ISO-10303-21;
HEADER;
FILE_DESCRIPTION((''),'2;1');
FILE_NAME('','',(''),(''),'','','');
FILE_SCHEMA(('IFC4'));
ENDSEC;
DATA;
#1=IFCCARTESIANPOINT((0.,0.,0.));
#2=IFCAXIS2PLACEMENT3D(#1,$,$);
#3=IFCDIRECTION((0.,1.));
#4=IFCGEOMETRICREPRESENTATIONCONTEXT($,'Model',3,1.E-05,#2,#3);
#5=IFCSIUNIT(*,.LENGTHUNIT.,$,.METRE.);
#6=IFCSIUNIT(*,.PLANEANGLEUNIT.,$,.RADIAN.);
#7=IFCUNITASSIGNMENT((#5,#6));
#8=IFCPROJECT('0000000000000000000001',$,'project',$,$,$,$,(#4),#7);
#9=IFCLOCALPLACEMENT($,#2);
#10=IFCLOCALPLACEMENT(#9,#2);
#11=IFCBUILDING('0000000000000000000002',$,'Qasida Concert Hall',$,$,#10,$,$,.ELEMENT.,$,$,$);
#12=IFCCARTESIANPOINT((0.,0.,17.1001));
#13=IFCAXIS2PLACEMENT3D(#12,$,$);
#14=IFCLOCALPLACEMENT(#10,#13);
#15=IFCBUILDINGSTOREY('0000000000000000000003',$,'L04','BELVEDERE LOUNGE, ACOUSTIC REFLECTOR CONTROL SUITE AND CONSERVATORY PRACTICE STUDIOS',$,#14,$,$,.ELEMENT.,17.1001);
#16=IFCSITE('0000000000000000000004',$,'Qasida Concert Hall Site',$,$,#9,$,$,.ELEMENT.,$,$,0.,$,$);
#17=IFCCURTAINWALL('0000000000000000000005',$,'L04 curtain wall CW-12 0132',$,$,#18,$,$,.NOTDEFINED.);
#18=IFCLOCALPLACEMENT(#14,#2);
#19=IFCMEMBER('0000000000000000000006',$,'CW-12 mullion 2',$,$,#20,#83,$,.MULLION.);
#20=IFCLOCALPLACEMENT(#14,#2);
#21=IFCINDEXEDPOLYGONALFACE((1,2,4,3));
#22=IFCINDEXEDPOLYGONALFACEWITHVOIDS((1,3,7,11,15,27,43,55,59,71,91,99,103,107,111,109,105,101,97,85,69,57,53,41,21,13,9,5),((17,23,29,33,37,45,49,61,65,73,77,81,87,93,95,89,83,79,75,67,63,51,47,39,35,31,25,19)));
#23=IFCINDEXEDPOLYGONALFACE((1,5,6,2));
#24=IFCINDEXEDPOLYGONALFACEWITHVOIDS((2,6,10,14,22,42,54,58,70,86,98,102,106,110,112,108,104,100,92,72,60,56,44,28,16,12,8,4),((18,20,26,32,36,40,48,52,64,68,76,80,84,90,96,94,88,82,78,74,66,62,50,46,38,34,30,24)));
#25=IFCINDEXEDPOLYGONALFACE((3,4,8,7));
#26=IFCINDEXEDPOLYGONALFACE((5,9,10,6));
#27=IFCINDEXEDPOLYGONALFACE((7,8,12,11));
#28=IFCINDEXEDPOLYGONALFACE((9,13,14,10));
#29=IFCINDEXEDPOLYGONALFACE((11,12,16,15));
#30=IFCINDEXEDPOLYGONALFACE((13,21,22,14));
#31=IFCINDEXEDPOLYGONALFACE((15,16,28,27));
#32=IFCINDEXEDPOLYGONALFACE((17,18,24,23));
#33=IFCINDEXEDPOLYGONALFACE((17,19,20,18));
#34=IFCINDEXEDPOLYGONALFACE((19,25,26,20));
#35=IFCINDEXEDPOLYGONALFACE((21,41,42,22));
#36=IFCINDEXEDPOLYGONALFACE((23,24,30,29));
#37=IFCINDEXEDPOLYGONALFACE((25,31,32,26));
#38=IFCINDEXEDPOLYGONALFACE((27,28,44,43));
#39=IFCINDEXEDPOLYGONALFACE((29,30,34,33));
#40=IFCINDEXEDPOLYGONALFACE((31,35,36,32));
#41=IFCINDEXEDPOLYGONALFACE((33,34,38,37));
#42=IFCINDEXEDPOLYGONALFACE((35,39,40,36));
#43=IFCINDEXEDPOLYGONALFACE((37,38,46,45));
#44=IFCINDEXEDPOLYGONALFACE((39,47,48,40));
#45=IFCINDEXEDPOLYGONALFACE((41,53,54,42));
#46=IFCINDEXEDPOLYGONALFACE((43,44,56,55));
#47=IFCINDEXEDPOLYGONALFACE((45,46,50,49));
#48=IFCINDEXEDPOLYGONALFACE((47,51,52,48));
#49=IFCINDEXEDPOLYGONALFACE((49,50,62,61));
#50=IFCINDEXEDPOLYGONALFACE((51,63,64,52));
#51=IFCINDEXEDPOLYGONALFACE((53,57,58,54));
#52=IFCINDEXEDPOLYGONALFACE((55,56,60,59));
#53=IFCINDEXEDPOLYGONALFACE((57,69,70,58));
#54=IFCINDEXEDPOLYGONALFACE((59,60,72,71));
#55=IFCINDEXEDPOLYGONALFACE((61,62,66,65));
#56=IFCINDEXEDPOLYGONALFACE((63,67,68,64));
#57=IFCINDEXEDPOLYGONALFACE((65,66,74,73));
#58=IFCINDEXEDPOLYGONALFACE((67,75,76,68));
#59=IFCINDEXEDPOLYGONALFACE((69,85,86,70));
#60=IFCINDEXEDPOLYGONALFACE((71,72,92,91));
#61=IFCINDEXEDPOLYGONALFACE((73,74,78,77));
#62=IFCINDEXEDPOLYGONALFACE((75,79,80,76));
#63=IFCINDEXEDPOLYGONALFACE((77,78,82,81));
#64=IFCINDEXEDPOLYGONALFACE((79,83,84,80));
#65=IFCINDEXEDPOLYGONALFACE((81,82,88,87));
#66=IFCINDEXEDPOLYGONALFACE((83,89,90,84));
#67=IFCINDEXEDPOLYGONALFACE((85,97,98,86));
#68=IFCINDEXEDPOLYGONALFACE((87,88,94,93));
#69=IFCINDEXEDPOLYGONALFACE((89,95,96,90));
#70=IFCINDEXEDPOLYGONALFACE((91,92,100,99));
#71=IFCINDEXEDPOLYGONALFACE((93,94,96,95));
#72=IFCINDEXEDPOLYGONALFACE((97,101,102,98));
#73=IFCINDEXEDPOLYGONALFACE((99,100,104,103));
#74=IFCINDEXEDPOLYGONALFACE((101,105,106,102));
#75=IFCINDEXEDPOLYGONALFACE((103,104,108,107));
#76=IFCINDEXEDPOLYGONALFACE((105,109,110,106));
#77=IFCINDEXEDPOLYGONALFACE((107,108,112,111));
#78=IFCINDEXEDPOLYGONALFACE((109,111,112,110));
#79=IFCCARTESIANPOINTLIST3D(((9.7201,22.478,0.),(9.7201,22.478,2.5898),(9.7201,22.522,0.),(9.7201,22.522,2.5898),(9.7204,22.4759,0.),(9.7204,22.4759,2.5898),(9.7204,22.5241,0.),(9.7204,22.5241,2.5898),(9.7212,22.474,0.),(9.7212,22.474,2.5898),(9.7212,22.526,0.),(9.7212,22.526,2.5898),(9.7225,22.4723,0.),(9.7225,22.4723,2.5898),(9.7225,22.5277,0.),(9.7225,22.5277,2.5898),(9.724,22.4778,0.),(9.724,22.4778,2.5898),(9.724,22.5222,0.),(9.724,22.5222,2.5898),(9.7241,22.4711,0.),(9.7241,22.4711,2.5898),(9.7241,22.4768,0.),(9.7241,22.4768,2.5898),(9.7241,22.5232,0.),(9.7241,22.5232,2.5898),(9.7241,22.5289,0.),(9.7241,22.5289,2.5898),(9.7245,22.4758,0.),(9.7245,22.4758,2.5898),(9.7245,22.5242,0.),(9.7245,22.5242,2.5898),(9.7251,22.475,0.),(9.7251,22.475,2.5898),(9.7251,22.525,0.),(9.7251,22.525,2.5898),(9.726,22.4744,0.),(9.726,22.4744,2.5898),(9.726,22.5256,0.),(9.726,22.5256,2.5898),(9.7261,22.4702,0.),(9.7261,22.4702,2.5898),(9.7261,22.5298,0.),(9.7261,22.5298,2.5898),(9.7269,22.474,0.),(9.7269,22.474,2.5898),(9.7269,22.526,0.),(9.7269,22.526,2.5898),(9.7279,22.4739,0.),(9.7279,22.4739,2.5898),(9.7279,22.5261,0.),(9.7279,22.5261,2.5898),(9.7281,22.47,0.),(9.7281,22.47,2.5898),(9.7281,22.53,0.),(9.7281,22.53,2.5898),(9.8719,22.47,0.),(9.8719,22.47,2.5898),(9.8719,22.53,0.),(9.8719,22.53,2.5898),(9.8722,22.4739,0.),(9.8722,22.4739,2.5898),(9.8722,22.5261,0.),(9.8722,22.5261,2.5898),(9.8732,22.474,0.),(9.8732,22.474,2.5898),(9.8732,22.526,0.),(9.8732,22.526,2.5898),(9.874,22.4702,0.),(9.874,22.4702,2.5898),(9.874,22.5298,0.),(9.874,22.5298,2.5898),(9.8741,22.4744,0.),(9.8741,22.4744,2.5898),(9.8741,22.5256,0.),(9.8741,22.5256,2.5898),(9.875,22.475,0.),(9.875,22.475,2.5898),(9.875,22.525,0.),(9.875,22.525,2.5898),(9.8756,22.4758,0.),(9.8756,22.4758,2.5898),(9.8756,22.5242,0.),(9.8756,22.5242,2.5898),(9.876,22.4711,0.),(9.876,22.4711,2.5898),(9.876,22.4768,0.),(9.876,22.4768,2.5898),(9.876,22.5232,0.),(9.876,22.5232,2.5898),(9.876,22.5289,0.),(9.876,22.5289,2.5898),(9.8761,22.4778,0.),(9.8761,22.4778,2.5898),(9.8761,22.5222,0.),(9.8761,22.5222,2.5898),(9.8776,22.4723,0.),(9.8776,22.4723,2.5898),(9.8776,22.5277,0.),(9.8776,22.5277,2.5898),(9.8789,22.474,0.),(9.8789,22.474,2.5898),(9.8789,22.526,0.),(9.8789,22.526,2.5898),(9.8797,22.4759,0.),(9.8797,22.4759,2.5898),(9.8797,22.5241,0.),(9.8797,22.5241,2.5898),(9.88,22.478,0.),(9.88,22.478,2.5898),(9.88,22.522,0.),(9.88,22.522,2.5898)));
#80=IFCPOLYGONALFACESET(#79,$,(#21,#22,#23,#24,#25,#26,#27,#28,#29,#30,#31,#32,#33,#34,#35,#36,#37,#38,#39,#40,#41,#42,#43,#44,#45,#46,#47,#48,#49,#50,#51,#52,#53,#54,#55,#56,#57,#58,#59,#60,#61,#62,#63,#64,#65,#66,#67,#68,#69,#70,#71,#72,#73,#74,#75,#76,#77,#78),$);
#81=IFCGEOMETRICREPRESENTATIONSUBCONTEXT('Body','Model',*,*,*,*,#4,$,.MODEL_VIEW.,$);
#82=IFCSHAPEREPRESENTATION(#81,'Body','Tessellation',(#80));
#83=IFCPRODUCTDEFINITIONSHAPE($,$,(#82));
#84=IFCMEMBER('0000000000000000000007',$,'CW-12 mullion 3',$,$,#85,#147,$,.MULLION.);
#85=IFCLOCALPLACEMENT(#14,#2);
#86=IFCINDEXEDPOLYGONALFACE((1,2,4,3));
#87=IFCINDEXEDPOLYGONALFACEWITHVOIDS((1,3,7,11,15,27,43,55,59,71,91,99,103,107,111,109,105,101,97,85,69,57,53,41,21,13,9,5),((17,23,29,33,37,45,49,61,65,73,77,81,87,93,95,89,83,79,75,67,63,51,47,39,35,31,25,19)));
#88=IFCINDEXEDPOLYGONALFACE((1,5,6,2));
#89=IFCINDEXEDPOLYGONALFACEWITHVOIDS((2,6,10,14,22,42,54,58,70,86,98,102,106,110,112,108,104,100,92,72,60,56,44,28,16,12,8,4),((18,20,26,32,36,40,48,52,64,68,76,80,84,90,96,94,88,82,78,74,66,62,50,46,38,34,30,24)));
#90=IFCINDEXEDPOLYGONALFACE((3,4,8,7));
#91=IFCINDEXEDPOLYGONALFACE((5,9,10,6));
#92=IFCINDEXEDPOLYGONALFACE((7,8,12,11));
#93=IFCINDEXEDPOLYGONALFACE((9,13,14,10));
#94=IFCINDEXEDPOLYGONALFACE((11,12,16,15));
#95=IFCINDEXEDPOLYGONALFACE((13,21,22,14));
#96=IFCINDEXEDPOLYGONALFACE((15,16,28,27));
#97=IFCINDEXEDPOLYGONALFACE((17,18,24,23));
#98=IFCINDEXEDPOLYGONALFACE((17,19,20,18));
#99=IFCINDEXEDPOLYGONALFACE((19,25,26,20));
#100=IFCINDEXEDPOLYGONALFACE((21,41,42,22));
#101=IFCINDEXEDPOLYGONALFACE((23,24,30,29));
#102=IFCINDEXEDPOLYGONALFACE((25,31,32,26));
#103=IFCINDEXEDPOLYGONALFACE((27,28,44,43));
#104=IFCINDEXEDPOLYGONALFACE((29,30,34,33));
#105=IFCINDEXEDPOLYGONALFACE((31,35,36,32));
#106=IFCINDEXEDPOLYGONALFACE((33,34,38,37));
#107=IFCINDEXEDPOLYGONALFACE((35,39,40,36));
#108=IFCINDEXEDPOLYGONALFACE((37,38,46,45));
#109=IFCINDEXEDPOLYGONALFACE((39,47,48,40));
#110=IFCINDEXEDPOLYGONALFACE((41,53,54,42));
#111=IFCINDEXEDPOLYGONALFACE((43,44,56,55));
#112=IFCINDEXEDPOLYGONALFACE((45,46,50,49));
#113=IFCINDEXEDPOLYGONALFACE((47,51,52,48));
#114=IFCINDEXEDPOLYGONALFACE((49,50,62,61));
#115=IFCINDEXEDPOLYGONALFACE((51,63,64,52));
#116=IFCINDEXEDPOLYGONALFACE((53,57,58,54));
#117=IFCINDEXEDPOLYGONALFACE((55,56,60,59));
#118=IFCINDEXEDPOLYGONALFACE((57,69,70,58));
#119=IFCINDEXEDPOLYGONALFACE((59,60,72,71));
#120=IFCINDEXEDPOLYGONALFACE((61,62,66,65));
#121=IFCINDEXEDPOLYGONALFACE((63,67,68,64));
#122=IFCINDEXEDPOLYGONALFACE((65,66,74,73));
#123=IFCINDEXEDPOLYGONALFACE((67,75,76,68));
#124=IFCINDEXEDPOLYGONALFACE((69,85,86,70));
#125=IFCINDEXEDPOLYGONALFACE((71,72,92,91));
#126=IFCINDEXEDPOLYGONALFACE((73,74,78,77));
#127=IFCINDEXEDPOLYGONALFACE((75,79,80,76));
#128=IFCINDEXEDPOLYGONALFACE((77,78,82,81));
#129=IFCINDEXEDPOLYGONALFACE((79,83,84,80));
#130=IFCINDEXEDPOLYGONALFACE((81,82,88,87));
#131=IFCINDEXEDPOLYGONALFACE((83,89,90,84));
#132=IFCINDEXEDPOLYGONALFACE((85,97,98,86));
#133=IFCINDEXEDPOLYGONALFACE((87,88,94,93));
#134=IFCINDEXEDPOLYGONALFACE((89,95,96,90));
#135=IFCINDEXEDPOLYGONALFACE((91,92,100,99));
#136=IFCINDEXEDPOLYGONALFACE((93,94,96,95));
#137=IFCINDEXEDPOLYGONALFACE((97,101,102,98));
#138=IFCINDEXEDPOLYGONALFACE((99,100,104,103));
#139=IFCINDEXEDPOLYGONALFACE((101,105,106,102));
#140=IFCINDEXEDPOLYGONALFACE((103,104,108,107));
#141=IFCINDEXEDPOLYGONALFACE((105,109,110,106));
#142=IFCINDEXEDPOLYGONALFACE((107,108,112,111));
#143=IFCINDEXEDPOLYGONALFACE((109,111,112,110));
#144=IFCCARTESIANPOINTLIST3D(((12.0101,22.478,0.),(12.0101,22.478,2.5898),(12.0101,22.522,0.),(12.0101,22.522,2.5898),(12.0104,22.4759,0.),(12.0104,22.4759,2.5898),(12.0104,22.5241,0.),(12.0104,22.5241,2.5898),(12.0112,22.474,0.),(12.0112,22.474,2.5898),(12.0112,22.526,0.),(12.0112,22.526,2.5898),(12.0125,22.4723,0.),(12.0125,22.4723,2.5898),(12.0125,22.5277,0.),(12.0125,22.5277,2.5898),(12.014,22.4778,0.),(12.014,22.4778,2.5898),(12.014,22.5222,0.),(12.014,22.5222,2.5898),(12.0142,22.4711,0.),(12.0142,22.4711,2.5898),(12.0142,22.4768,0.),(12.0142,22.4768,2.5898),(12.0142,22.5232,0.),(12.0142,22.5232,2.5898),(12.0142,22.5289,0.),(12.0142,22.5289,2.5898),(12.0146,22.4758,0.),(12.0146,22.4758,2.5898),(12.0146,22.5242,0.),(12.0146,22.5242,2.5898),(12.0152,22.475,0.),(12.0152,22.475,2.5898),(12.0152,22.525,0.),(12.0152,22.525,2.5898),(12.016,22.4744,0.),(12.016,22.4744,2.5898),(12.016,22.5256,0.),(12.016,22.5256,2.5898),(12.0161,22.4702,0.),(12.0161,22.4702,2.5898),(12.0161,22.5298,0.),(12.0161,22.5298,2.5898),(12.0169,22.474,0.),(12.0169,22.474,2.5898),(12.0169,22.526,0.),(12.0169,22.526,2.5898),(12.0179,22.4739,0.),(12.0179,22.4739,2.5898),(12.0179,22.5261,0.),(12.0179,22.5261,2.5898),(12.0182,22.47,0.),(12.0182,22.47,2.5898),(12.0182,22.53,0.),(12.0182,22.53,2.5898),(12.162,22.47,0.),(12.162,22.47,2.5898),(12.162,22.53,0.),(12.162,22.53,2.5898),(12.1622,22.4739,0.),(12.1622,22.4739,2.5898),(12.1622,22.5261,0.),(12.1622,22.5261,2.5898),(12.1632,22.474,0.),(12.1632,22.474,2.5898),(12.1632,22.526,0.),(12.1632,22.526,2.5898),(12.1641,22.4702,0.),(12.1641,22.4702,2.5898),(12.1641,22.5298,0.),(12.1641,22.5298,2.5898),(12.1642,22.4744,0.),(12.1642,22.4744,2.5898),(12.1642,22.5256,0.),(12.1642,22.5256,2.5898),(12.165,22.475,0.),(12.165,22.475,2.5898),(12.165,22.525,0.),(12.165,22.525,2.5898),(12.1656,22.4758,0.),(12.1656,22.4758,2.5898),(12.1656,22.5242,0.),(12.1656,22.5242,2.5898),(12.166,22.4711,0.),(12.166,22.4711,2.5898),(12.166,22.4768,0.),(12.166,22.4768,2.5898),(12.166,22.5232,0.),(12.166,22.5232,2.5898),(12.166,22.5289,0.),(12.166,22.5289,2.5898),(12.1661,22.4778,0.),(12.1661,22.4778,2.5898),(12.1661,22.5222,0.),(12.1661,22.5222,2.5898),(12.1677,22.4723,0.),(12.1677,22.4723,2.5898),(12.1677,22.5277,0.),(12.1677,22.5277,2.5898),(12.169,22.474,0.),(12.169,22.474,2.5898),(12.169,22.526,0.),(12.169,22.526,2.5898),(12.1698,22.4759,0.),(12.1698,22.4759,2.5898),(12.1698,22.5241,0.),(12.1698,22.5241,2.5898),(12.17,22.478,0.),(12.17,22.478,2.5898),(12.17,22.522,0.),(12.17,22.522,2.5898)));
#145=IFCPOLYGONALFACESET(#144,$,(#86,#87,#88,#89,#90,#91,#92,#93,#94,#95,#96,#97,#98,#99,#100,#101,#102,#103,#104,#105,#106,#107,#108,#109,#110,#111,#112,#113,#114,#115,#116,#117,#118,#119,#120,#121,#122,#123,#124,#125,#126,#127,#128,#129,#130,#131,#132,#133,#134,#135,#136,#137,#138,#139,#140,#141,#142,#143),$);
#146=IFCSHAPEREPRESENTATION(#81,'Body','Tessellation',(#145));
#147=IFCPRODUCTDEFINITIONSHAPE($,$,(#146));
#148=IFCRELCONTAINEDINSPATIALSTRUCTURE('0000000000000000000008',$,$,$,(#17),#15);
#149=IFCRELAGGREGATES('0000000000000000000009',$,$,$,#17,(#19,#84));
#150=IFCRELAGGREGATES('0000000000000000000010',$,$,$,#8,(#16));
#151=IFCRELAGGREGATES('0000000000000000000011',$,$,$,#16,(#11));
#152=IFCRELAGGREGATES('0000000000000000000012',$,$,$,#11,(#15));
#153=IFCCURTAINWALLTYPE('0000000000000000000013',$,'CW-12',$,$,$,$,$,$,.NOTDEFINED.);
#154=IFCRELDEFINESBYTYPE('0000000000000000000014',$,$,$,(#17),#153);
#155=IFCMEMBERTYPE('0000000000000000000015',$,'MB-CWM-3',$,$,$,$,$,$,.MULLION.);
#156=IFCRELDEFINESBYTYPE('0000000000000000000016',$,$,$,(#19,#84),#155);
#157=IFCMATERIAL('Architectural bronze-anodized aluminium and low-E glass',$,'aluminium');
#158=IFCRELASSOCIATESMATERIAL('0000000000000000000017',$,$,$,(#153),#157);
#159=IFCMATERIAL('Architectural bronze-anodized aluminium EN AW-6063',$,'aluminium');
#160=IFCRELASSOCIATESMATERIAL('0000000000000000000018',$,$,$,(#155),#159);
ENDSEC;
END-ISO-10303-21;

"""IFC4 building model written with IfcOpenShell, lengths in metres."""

from ifc_helpers import new_model, si_unit, direction, frame, origin, origin_2d, place, context, subcontext, project, spatial, hollow_rectangle, extrude, material, material_profile, profile_set, type_object, element, aggregate, save


model = new_model("IFC4")

# Units and contexts
model_context = context("Model", 3, precision=1e-05, world=origin(), true_north=direction((0.0, 1.0)))
body_context = subcontext(model_context, "Body", "Model", "MODEL_VIEW")
ifc_project = project(units=[si_unit("LENGTHUNIT", "METRE"), si_unit("PLANEANGLEUNIT", "RADIAN")], contexts=[model_context])

# Site, building, storey
site_placement = place(None, origin())
site = spatial("IfcSite", under=ifc_project, at=site_placement, Name="Qasida Concert Hall Site", CompositionType="ELEMENT", RefElevation=0.0)
building_placement = place(site_placement, origin())
building = spatial("IfcBuilding", under=site, at=building_placement, Name="Qasida Concert Hall", CompositionType="ELEMENT")
storey_placement = place(building_placement, frame((0.0, 0.0, 17.1001)))
storey = spatial("IfcBuildingStorey", under=building, at=storey_placement, Name="L04", Description="BELVEDERE LOUNGE, ACOUSTIC REFLECTOR CONTROL SUITE AND CONSERVATORY PRACTICE STUDIOS", CompositionType="ELEMENT", Elevation=17.1001)

# Shared definitions
ifc_material_1 = material(Name="Architectural bronze-anodized aluminium and low-E glass", Category="aluminium")
curtain_wall_type = type_object("IfcCurtainWallType", Name="CW-12", PredefinedType="NOTDEFINED", material=ifc_material_1)
ifc_material_2 = material(Name="Architectural bronze-anodized aluminium EN AW-6063", Category="aluminium")
ifc_material_profile_1 = material_profile(ifc_material_2, hollow_rectangle(XDim=0.0601, YDim=0.1599, WallThickness=0.0039, InnerFilletRadius=0.0039, OuterFilletRadius=0.0081, at=origin_2d()), Name="CWM 160x60x4")
ifc_profile_set_1 = profile_set([ifc_material_profile_1], Name="Architectural bronze-anodized aluminium EN AW-6063")
member_type_1 = type_object("IfcMemberType", Name="MB-CWM-3", PredefinedType="MULLION", material=ifc_profile_set_1)

# Curtain wall, members
curtain_wall_1_placement = place(storey_placement, origin())
curtain_wall_1 = element("IfcCurtainWall", 1, at=curtain_wall_1_placement, inside=storey, type_object=curtain_wall_type, Name="L04 curtain wall CW-12 0132", PredefinedType="NOTDEFINED")
member_1_placement = place(storey_placement, frame((9.8, 22.5, 0.0), z_axis=(0.0, 0.0, 1.0), x_axis=(0.0, 1.0, 0.0)))
member_1 = element("IfcMember", 2, at=member_1_placement, type_object=member_type_1, Name="CW-12 mullion 2", PredefinedType="MULLION", context=body_context, shape_type="SweptSolid", body=[
    extrude(hollow_rectangle(XDim=0.0601, YDim=0.1599, WallThickness=0.0039, InnerFilletRadius=0.0039, OuterFilletRadius=0.0081, at=origin_2d()), origin(), (0.0, 0.0, 1.0), 2.5898),
])
member_2_placement = place(storey_placement, frame((12.0901, 22.5, 0.0), z_axis=(0.0, 0.0, 1.0), x_axis=(0.0, 1.0, 0.0)))
member_2 = element("IfcMember", 3, at=member_2_placement, type_object=member_type_1, Name="CW-12 mullion 3", PredefinedType="MULLION", context=body_context, shape_type="SweptSolid", body=[
    extrude(hollow_rectangle(XDim=0.0601, YDim=0.1599, WallThickness=0.0039, InnerFilletRadius=0.0039, OuterFilletRadius=0.0081, at=origin_2d()), origin(), (0.0, 0.0, 1.0), 2.5898),
])
aggregate(curtain_wall_1, [member_1, member_2])

save(model, "model.ifc")
